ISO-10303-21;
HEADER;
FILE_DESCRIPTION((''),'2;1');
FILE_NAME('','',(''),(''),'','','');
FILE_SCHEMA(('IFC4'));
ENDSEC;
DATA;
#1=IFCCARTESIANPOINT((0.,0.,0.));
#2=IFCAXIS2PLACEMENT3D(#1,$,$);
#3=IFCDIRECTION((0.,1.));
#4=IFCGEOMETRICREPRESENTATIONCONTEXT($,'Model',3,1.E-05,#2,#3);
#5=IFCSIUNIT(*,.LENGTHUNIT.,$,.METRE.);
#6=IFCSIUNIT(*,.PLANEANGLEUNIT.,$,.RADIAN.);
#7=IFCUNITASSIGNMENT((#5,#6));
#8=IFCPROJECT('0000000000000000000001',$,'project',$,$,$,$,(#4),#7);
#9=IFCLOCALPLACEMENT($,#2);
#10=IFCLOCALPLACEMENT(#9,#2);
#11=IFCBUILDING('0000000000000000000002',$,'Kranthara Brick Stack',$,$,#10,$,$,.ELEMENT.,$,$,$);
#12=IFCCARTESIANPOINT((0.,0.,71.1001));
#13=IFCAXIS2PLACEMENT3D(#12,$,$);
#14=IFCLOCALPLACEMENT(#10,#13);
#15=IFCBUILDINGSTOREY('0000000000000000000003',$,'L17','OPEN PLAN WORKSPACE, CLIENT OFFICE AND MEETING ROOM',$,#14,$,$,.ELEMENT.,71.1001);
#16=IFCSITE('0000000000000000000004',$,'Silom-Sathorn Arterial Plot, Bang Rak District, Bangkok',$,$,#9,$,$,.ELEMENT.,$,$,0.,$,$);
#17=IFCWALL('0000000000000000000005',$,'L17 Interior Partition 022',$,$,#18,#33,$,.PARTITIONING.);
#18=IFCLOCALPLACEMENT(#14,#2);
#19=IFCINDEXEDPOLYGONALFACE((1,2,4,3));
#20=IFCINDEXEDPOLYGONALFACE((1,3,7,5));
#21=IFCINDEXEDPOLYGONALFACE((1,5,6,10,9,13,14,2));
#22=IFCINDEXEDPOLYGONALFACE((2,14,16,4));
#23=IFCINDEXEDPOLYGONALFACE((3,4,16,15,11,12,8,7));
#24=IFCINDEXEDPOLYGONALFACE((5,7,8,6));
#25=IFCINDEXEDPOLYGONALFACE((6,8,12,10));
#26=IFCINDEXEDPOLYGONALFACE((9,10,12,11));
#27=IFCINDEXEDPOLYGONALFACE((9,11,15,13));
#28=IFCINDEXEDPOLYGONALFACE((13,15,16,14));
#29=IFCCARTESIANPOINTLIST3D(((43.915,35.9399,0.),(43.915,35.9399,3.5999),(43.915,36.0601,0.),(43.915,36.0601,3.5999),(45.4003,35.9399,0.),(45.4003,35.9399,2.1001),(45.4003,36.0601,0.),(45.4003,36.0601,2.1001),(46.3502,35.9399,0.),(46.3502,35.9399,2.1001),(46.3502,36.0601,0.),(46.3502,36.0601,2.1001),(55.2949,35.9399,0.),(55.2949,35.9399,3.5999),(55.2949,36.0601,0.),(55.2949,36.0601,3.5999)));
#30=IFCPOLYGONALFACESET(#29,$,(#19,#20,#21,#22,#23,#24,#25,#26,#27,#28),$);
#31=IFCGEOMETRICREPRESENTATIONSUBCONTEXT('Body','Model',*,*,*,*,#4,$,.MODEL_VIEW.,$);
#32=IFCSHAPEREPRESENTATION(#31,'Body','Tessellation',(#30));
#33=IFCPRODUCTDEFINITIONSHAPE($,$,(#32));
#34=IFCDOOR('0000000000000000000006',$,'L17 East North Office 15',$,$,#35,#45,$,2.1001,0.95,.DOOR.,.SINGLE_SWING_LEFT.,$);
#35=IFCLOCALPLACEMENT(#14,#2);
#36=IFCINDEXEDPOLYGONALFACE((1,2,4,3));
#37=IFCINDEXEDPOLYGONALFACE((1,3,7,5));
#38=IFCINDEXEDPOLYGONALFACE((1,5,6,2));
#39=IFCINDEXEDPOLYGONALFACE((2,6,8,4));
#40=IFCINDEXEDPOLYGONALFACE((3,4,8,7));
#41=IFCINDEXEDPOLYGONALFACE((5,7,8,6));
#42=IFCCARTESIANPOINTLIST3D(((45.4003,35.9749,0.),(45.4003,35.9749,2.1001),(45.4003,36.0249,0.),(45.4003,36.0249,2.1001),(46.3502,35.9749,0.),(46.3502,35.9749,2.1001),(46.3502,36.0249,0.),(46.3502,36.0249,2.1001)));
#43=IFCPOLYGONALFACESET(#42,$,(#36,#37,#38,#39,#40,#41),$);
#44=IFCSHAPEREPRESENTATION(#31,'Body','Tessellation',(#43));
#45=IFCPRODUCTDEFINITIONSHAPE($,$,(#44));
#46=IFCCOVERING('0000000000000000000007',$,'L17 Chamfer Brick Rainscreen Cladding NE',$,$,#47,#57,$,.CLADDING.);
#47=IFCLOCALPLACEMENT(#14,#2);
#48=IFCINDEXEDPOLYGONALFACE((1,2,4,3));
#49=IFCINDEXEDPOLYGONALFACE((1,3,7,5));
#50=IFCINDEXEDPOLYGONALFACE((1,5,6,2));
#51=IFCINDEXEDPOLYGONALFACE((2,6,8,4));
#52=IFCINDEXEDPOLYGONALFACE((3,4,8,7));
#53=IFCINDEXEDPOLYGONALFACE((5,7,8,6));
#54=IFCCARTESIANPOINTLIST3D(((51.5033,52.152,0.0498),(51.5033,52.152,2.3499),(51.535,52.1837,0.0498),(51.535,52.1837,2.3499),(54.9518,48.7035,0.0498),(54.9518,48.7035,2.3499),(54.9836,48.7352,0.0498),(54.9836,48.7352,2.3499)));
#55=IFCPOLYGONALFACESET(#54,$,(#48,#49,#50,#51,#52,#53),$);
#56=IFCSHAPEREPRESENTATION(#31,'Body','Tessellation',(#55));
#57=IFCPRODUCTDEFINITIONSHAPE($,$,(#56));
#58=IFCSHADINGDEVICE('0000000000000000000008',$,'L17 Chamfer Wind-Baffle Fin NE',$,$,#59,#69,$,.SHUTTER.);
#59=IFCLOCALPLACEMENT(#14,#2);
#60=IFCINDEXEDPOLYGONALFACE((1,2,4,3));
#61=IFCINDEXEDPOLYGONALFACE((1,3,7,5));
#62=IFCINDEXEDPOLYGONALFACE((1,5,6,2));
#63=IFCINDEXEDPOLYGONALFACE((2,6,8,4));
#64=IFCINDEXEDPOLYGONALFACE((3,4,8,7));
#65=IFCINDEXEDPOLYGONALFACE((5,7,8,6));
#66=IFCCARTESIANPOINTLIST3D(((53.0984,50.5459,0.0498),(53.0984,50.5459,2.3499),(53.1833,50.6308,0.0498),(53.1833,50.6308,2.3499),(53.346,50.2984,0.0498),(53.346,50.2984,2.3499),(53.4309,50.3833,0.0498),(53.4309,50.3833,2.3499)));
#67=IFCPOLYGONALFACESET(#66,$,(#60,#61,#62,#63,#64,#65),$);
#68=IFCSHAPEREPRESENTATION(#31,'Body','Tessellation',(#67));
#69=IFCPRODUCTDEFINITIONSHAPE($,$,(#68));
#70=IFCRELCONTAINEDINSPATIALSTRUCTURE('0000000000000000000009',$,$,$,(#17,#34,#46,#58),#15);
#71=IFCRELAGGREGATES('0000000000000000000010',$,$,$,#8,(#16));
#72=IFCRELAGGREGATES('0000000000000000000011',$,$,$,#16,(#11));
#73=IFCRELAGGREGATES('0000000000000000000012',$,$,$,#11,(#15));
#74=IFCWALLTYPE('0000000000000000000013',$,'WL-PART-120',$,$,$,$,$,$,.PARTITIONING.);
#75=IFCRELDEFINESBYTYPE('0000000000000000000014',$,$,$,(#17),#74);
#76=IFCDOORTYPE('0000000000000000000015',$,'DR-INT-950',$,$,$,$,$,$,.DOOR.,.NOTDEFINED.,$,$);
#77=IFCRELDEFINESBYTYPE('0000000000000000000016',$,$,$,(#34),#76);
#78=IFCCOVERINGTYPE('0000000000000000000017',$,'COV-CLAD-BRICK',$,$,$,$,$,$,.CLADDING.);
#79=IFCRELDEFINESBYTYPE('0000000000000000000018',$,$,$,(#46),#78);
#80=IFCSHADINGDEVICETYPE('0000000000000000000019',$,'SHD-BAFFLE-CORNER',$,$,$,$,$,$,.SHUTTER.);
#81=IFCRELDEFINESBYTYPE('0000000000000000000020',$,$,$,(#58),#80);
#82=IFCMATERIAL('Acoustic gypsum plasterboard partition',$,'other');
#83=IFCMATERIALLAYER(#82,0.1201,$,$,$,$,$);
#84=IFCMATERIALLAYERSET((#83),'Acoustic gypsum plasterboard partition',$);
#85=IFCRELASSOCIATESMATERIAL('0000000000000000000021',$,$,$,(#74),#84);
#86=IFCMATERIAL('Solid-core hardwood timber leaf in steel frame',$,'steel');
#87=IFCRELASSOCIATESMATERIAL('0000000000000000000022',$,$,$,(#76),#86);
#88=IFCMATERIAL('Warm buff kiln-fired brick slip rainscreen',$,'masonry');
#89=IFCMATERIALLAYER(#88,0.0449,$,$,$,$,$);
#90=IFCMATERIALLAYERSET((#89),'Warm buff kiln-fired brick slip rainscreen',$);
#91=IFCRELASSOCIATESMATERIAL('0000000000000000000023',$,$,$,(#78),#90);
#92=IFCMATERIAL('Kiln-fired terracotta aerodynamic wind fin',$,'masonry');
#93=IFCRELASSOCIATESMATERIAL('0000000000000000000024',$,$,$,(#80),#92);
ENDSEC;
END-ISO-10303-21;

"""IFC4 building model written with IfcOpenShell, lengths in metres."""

from ifc_helpers import new_model, si_unit, direction, frame, frame_2d, origin, origin_2d, place, context, subcontext, project, spatial, rectangle, extrude, material, layer, layer_set, type_object, element, fill, save


model = new_model("IFC4")

# Units and contexts
model_context = context("Model", 3, precision=1e-05, world=origin(), true_north=direction((0.0, 1.0)))
body_context = subcontext(model_context, "Body", "Model", "MODEL_VIEW")
ifc_project = project(units=[si_unit("LENGTHUNIT", "METRE"), si_unit("PLANEANGLEUNIT", "RADIAN")], contexts=[model_context])

# Site, building, storey
site_placement = place(None, origin())
site = spatial("IfcSite", under=ifc_project, at=site_placement, Name="Silom-Sathorn Arterial Plot, Bang Rak District, Bangkok", CompositionType="ELEMENT", RefElevation=0.0)
building_placement = place(site_placement, origin())
building = spatial("IfcBuilding", under=site, at=building_placement, Name="Kranthara Brick Stack", CompositionType="ELEMENT")
storey_placement = place(building_placement, frame((0.0, 0.0, 71.1001)))
storey = spatial("IfcBuildingStorey", under=building, at=storey_placement, Name="L17", Description="OPEN PLAN WORKSPACE, CLIENT OFFICE AND MEETING ROOM", CompositionType="ELEMENT", Elevation=71.1001)

# Shared definitions
ifc_material_1 = material(Name="Acoustic gypsum plasterboard partition", Category="other")
ifc_layer_1 = layer(ifc_material_1, 0.1201)
ifc_layer_set_1 = layer_set([ifc_layer_1], Name="Acoustic gypsum plasterboard partition")
wall_type_1 = type_object("IfcWallType", Name="WL-PART-120", PredefinedType="PARTITIONING", material=ifc_layer_set_1)

# Wall, opening, door
wall_1_placement = place(storey_placement, frame((43.915, 36.0, 0.0), z_axis=(0.0, 0.0, 1.0), x_axis=(1.0, 0.0, 0.0)))
wall_1 = element("IfcWall", 1, at=wall_1_placement, inside=storey, type_object=wall_type_1, Name="L17 Interior Partition 022", PredefinedType="PARTITIONING", context=body_context, shape_type="SweptSolid", body=[
    extrude(rectangle(XDim=11.3799, YDim=0.1201, at=frame_2d((5.6899, 0.0))), origin(), (0.0, 0.0, 1.0), 3.5999),
])
opening_1_placement = place(wall_1_placement, frame((1.4851, 0.0, 0.0)))
opening_1 = element("IfcOpeningElement", 2, at=opening_1_placement, cuts=wall_1, PredefinedType="OPENING", context=body_context, shape_type="SweptSolid", body=[
    extrude(rectangle(XDim=0.95, YDim=2.1001, at=frame_2d((0.4751, 1.05))), frame((0.0, 0.0701, 0.0), z_axis=(0.0, -1.0, 0.0), x_axis=(1.0, 0.0, 0.0)), (0.0, 0.0, 1.0), 0.1401),
])
ifc_material_2 = material(Name="Solid-core hardwood timber leaf in steel frame", Category="steel")
door_type = type_object("IfcDoorType", Name="DR-INT-950", OperationType="NOTDEFINED", PredefinedType="DOOR", material=ifc_material_2)
door_placement = place(opening_1_placement, origin())
door = element("IfcDoor", 3, at=door_placement, inside=storey, type_object=door_type, Name="L17 East North Office 15", OperationType="SINGLE_SWING_LEFT", OverallHeight=2.1001, OverallWidth=0.95, PredefinedType="DOOR", context=body_context, shape_type="SweptSolid", body=[
    extrude(rectangle(XDim=0.95, YDim=2.1001, at=frame_2d((0.4751, 1.05))), frame((0.0, 0.0249, 0.0), z_axis=(0.0, -1.0, 0.0), x_axis=(1.0, 0.0, 0.0)), (0.0, 0.0, 1.0), 0.05),
])
fill(opening_1, door)

# Covering
ifc_material_3 = material(Name="Warm buff kiln-fired brick slip rainscreen", Category="masonry")
ifc_layer_2 = layer(ifc_material_3, 0.0449)
ifc_layer_set_2 = layer_set([ifc_layer_2], Name="Warm buff kiln-fired brick slip rainscreen")
covering_type = type_object("IfcCoveringType", Name="COV-CLAD-BRICK", PredefinedType="CLADDING", material=ifc_layer_set_2)
covering_placement = place(storey_placement, frame((53.2434, 50.4436, 0.0498), z_axis=(0.0, 0.0, 1.0), x_axis=(0.707107, -0.707107, 0.0)))
element("IfcCovering", 4, at=covering_placement, inside=storey, type_object=covering_type, Name="L17 Chamfer Brick Rainscreen Cladding NE", PredefinedType="CLADDING", context=body_context, shape_type="SweptSolid", body=[
    extrude(rectangle(XDim=4.877, YDim=0.0449, at=origin_2d()), origin(), (0.0, 0.0, 1.0), 2.3),
])

# Shading device
ifc_material_4 = material(Name="Kiln-fired terracotta aerodynamic wind fin", Category="masonry")
shading_device_type = type_object("IfcShadingDeviceType", Name="SHD-BAFFLE-CORNER", PredefinedType="SHUTTER", material=ifc_material_4)
shading_device_placement = place(storey_placement, frame((53.2646, 50.4646, 0.0498), z_axis=(0.0, 0.0, 1.0), x_axis=(0.707107, -0.707107, 0.0)))
element("IfcShadingDevice", 5, at=shading_device_placement, inside=storey, type_object=shading_device_type, Name="L17 Chamfer Wind-Baffle Fin NE", PredefinedType="SHUTTER", context=body_context, shape_type="SweptSolid", body=[
    extrude(rectangle(XDim=0.3501, YDim=0.1201, at=origin_2d()), origin(), (0.0, 0.0, 1.0), 2.3),
])

save(model, "model.ifc")
